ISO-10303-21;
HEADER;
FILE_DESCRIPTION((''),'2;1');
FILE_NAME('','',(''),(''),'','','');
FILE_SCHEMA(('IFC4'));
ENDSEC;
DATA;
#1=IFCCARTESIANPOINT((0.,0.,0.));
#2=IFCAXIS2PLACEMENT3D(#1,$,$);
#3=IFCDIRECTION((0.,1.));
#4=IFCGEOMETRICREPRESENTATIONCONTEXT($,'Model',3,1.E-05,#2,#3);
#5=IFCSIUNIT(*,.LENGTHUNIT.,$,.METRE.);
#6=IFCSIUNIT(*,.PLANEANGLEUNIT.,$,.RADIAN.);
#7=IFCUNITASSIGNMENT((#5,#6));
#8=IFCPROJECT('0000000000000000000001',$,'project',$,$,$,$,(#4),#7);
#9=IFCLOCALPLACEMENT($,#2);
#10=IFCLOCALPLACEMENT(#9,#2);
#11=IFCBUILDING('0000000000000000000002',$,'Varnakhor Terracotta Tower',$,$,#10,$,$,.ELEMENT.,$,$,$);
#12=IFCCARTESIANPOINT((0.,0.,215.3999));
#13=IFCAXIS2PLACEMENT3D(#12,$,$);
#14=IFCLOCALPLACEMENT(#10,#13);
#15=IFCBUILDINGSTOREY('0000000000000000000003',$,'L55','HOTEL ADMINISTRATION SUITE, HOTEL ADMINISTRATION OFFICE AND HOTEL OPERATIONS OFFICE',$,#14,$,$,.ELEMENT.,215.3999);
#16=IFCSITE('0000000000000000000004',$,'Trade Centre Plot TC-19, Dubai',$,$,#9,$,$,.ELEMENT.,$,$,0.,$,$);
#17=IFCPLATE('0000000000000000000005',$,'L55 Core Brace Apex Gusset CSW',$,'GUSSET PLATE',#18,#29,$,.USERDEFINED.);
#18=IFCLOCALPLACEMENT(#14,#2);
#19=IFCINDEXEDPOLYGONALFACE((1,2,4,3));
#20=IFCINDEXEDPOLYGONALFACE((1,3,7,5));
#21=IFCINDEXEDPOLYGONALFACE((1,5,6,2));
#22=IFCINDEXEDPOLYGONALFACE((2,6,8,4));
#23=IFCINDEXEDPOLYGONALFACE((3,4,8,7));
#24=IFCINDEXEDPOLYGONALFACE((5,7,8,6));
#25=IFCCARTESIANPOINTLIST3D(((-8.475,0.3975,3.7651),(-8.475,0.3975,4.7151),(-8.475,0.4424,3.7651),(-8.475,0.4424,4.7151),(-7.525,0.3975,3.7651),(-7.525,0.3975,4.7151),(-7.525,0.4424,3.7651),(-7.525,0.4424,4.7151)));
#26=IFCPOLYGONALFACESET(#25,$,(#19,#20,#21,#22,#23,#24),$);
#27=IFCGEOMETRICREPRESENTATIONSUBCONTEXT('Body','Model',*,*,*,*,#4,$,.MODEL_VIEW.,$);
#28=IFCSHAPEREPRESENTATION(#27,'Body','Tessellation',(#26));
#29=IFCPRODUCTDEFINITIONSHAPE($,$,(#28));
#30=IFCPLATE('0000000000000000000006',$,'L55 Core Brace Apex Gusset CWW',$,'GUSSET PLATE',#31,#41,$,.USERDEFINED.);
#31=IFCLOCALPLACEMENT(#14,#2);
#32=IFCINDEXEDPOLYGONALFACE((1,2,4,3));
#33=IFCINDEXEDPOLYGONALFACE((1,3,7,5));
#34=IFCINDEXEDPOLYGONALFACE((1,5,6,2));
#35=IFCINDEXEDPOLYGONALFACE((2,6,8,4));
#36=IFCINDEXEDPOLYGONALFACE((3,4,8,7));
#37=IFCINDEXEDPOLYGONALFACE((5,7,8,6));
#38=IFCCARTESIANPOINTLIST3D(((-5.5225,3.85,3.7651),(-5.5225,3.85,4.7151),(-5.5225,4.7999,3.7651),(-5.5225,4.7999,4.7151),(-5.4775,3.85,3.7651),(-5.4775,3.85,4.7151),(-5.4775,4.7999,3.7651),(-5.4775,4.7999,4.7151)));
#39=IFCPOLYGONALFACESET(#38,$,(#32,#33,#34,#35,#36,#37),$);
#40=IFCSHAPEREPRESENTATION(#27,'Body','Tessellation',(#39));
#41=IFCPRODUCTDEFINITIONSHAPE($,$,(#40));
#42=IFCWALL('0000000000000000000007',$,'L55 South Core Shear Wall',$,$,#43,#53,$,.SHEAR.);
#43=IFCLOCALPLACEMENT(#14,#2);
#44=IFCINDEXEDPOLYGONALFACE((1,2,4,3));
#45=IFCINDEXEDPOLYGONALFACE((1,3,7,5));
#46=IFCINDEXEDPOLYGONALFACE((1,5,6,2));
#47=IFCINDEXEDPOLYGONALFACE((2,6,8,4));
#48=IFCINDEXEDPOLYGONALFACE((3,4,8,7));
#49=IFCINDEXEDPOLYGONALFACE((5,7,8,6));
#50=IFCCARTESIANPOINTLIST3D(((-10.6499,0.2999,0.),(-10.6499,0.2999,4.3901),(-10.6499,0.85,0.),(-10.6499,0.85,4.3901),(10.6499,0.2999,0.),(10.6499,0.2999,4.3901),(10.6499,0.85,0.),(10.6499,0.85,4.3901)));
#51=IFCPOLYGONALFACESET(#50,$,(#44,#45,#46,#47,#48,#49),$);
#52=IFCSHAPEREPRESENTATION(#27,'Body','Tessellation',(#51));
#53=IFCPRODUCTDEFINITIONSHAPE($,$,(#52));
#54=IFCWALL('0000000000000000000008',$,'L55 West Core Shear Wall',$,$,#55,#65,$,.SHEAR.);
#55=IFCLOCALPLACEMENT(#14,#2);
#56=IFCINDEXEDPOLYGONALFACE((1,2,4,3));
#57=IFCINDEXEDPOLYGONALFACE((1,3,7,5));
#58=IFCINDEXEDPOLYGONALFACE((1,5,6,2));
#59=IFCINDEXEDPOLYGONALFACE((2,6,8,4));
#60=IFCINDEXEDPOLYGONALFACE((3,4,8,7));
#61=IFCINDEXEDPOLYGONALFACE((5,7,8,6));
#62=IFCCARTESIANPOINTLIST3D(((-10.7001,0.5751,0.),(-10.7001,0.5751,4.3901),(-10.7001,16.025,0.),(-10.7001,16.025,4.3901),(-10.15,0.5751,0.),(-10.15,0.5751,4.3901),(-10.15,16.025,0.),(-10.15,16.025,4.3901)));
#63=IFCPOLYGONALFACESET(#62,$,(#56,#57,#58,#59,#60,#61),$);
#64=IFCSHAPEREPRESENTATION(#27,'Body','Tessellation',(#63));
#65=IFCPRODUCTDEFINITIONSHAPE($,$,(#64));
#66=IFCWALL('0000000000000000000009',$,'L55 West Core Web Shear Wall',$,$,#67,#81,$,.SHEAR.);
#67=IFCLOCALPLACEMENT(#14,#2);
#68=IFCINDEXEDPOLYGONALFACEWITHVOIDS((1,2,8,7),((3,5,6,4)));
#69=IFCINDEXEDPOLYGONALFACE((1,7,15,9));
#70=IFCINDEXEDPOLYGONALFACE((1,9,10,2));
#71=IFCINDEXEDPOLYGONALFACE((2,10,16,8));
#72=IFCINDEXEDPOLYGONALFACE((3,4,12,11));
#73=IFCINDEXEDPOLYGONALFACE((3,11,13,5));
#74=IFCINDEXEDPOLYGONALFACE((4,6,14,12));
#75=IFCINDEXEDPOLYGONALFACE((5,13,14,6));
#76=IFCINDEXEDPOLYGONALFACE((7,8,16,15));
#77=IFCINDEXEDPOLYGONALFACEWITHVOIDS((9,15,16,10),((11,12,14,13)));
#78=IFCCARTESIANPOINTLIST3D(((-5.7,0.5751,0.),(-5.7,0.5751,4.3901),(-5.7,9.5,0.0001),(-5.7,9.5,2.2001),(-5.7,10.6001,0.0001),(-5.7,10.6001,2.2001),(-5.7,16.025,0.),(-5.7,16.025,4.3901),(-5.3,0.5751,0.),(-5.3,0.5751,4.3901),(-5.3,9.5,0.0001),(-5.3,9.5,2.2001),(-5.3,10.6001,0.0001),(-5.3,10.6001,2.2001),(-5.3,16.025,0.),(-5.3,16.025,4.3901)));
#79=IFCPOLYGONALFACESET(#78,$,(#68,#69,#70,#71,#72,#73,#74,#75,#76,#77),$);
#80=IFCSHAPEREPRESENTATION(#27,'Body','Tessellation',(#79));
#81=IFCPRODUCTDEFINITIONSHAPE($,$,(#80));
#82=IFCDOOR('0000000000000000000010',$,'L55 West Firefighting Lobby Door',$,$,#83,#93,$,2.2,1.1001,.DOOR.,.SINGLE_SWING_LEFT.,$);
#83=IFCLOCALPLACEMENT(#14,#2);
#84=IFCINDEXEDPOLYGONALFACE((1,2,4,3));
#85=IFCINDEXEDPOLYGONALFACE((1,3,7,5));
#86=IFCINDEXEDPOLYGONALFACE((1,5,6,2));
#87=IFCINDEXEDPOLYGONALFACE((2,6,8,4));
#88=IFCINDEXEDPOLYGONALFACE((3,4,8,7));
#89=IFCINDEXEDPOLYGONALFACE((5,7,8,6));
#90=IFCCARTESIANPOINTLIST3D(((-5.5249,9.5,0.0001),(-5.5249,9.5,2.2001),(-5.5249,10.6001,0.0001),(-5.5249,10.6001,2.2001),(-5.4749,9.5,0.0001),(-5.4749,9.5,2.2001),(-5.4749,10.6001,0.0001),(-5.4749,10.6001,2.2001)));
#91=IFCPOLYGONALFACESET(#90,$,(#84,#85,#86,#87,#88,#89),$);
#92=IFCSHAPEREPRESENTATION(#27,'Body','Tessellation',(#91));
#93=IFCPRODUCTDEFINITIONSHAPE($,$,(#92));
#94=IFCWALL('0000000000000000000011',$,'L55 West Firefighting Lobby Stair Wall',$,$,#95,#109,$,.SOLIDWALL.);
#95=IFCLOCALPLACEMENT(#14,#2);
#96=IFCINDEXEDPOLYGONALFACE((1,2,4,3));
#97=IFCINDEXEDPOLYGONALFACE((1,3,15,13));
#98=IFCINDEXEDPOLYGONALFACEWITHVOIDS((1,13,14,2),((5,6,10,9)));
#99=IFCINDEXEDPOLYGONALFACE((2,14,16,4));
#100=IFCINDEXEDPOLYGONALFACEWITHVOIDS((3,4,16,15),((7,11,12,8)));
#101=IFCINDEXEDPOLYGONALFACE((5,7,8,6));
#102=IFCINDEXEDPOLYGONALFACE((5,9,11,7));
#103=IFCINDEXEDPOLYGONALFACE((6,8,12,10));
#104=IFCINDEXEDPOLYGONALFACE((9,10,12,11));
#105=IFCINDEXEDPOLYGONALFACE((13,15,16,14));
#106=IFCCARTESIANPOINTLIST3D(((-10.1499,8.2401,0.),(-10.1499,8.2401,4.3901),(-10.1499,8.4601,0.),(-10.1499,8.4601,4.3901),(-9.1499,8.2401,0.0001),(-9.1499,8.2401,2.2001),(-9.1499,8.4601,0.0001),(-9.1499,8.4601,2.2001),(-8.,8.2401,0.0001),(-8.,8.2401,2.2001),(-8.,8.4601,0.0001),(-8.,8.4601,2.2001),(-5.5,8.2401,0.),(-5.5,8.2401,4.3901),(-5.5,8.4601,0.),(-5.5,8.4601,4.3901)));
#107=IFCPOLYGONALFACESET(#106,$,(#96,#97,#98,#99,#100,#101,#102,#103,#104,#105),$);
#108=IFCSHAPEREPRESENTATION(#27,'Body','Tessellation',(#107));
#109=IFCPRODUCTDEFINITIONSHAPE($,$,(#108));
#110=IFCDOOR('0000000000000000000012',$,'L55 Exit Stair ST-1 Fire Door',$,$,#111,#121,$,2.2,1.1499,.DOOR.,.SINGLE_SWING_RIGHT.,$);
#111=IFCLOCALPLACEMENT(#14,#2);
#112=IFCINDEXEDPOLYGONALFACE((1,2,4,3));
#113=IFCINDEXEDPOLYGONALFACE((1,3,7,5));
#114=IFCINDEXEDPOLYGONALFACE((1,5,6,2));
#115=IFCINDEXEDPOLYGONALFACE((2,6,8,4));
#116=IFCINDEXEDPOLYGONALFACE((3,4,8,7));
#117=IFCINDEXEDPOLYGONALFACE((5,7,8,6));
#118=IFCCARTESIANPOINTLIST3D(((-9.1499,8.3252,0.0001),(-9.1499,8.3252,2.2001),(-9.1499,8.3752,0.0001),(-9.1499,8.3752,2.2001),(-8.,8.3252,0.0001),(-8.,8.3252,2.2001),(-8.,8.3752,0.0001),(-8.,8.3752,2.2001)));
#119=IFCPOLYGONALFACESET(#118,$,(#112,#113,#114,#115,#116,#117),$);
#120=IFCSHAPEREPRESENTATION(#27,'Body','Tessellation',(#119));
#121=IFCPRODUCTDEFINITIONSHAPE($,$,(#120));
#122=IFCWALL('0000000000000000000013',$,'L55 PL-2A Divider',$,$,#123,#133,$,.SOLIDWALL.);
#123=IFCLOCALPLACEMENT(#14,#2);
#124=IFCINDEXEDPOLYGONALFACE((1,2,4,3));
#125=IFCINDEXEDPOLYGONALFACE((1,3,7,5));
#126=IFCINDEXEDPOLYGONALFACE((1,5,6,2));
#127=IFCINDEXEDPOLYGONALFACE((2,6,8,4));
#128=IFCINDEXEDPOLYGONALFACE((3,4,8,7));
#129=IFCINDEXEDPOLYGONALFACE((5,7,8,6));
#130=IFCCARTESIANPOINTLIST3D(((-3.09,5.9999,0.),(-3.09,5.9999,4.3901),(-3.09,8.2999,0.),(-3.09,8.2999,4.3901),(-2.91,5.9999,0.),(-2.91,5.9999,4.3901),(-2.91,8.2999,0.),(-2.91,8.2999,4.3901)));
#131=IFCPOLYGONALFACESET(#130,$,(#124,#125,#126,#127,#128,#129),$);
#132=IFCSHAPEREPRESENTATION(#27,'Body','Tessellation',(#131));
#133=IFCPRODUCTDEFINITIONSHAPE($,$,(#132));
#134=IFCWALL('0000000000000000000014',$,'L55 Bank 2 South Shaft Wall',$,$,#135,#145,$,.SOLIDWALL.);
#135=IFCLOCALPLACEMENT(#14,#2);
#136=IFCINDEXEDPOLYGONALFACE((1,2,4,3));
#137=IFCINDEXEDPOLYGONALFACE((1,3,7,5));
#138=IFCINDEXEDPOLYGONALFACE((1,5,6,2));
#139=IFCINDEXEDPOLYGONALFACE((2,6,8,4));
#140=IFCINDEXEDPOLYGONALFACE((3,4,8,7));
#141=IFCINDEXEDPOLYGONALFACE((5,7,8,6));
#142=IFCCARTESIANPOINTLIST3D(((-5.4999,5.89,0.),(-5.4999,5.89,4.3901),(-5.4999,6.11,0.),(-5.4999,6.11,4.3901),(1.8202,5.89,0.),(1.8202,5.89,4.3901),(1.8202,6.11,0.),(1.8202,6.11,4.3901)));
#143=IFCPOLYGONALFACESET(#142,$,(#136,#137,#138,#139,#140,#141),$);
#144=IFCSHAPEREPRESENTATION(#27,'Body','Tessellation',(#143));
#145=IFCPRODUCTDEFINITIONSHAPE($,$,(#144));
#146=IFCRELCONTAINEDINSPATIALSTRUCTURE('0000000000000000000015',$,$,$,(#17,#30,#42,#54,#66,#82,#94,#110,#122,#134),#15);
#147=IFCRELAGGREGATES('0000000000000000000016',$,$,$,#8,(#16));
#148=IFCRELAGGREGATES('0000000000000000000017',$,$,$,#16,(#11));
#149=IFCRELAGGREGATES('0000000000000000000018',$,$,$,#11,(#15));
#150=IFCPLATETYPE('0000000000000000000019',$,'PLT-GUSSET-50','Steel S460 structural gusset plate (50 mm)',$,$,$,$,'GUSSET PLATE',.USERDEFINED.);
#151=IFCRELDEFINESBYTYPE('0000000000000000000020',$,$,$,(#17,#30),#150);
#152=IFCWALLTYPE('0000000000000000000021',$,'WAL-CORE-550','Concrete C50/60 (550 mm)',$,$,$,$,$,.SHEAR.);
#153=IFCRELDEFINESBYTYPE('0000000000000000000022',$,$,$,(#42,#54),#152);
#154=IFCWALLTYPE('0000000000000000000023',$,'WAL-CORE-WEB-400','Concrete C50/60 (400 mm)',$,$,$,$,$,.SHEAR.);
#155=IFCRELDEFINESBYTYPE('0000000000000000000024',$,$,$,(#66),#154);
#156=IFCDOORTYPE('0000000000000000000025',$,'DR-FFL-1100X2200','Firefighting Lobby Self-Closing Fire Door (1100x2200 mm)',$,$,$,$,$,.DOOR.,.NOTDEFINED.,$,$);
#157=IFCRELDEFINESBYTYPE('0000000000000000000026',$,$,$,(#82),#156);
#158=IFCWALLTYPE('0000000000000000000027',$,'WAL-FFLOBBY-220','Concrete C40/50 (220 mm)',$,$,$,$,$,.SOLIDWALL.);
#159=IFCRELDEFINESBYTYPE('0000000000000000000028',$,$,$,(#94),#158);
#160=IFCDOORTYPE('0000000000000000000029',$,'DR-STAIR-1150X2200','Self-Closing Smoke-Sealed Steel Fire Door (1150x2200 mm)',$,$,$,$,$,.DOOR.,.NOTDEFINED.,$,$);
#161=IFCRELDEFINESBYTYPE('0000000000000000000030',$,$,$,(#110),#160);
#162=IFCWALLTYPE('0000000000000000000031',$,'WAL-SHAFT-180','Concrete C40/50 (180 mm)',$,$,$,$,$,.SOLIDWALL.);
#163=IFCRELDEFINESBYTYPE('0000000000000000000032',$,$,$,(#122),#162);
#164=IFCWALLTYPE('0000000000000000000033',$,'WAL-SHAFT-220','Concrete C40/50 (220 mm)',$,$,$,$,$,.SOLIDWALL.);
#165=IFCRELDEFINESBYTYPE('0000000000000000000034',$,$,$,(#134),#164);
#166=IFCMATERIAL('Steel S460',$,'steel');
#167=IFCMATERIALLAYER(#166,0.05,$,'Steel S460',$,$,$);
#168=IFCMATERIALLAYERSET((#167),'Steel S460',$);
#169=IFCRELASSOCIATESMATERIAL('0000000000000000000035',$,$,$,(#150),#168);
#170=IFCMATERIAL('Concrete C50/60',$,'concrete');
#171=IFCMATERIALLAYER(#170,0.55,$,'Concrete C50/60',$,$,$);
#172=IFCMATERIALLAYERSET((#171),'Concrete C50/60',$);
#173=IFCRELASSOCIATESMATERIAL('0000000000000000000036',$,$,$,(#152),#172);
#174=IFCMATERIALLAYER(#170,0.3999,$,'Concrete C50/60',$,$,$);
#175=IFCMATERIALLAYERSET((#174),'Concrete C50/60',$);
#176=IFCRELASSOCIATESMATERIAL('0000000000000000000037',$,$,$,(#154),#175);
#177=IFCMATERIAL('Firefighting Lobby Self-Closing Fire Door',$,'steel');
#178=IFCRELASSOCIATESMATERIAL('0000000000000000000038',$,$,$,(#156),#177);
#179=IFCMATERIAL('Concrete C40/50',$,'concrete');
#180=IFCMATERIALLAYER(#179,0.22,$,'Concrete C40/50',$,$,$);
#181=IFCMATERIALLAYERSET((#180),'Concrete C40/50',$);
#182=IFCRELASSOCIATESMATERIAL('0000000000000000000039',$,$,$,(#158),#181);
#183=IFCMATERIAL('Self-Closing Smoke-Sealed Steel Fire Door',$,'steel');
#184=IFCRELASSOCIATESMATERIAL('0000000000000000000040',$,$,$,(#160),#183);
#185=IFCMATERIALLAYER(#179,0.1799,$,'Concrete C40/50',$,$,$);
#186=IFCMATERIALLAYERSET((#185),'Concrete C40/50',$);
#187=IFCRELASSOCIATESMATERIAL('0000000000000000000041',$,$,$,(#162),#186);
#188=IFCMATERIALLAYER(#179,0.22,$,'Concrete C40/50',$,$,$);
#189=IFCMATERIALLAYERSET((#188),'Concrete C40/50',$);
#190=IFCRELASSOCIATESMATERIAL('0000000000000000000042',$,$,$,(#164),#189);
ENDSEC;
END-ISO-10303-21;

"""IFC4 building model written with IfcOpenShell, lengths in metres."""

from ifc_helpers import new_model, si_unit, direction, frame, frame_2d, origin, origin_2d, place, context, subcontext, project, spatial, rectangle, extrude, source, transform, mapped, material, layer, layer_set, type_object, type_shapes, element, fill, save


model = new_model("IFC4")

# Units and contexts
model_context = context("Model", 3, precision=1e-05, world=origin(), true_north=direction((0.0, 1.0)))
body_context = subcontext(model_context, "Body", "Model", "MODEL_VIEW")
ifc_project = project(units=[si_unit("LENGTHUNIT", "METRE"), si_unit("PLANEANGLEUNIT", "RADIAN")], contexts=[model_context])

# Site, building, storey
site_placement = place(None, origin())
site = spatial("IfcSite", under=ifc_project, at=site_placement, Name="Trade Centre Plot TC-19, Dubai", CompositionType="ELEMENT", RefElevation=0.0)
building_placement = place(site_placement, origin())
building = spatial("IfcBuilding", under=site, at=building_placement, Name="Varnakhor Terracotta Tower", CompositionType="ELEMENT")
storey_placement = place(building_placement, frame((0.0, 0.0, 215.3999)))
storey = spatial("IfcBuildingStorey", under=building, at=storey_placement, Name="L55", Description="HOTEL ADMINISTRATION SUITE, HOTEL ADMINISTRATION OFFICE AND HOTEL OPERATIONS OFFICE", CompositionType="ELEMENT", Elevation=215.3999)

# Shared definitions
ifc_material_1 = material(Name="Concrete C50/60", Category="concrete")

# Plates
ifc_material_2 = material(Name="Steel S460", Category="steel")
ifc_layer_1 = layer(ifc_material_2, 0.05, Name="Steel S460")
ifc_layer_set_1 = layer_set([ifc_layer_1], Name="Steel S460")
plate_type = type_object("IfcPlateType", Name="PLT-GUSSET-50", Description="Steel S460 structural gusset plate (50 mm)", ElementType="GUSSET PLATE", PredefinedType="USERDEFINED", material=ifc_layer_set_1)
shared_shape_1 = source(origin(), body_context, "Body", "SweptSolid", [
    extrude(rectangle(XDim=0.95, YDim=0.0449, at=origin_2d()), origin(), (0.0, 0.0, 1.0), 0.95),
])
for number, where, z_axis, x_axis, name in (
    (1, (-8.0, 0.4199, 3.7651), (0.0, 0.0, 1.0), (1.0, 0.0, 0.0), "L55 Core Brace Apex Gusset CSW"),
    (2, (-5.5, 4.325, 3.7651), (0.0, 0.0, 1.0), (0.0, 1.0, 0.0), "L55 Core Brace Apex Gusset CWW"),
):
    element("IfcPlate", number, at=place(storey_placement, frame(where, z_axis=z_axis, x_axis=x_axis)), inside=storey, type_object=plate_type, Name=name, ObjectType="GUSSET PLATE", PredefinedType="USERDEFINED", context=body_context, shape_type="MappedRepresentation", body=[
        mapped(shared_shape_1, transform((0.0, 0.0, 0.0), scale=1.0)),
    ])

# Walls
ifc_layer_2 = layer(ifc_material_1, 0.55, Name="Concrete C50/60")
ifc_layer_set_2 = layer_set([ifc_layer_2], Name="Concrete C50/60")
wall_type_1 = type_object("IfcWallType", Name="WAL-CORE-550", Description="Concrete C50/60 (550 mm)", PredefinedType="SHEAR", material=ifc_layer_set_2)
wall_1_placement = place(storey_placement, frame((-10.6499, 0.575, 0.0), z_axis=(0.0, 0.0, 1.0), x_axis=(1.0, 0.0, 0.0)))
element("IfcWall", 3, at=wall_1_placement, inside=storey, type_object=wall_type_1, Name="L55 South Core Shear Wall", PredefinedType="SHEAR", context=body_context, shape_type="SweptSolid", body=[
    extrude(rectangle(XDim=21.2998, YDim=0.55, at=frame_2d((10.6499, 0.0))), origin(), (0.0, 0.0, 1.0), 4.3901),
])
wall_2_placement = place(storey_placement, frame((-10.425, 0.575, 0.0), z_axis=(0.0, 0.0, 1.0), x_axis=(0.0, 1.0, 0.0)))
element("IfcWall", 4, at=wall_2_placement, inside=storey, type_object=wall_type_1, Name="L55 West Core Shear Wall", PredefinedType="SHEAR", context=body_context, shape_type="SweptSolid", body=[
    extrude(rectangle(XDim=15.45, YDim=0.55, at=frame_2d((7.7251, 0.0))), origin(), (0.0, 0.0, 1.0), 4.3901),
])

# Walls, openings, doors
ifc_layer_3 = layer(ifc_material_1, 0.3999, Name="Concrete C50/60")
ifc_layer_set_3 = layer_set([ifc_layer_3], Name="Concrete C50/60")
wall_type_2 = type_object("IfcWallType", Name="WAL-CORE-WEB-400", Description="Concrete C50/60 (400 mm)", PredefinedType="SHEAR", material=ifc_layer_set_3)
wall_3_placement = place(storey_placement, frame((-5.5, 0.575, 0.0), z_axis=(0.0, 0.0, 1.0), x_axis=(0.0, 1.0, 0.0)))
wall_3 = element("IfcWall", 5, at=wall_3_placement, inside=storey, type_object=wall_type_2, Name="L55 West Core Web Shear Wall", PredefinedType="SHEAR", context=body_context, shape_type="SweptSolid", body=[
    extrude(rectangle(XDim=15.45, YDim=0.3999, at=frame_2d((7.7251, 0.0))), origin(), (0.0, 0.0, 1.0), 4.3901),
])
opening_1_placement = place(wall_3_placement, frame((8.925, 0.0, 0.0)))
opening_1 = element("IfcOpeningElement", 6, at=opening_1_placement, cuts=wall_3, PredefinedType="OPENING", context=body_context, shape_type="SweptSolid", body=[
    extrude(rectangle(XDim=1.1001, YDim=2.2, at=frame_2d((0.55, 1.1001))), frame((0.0, 0.21, 0.0), z_axis=(0.0, -1.0, 0.0), x_axis=(1.0, 0.0, 0.0)), (0.0, 0.0, 1.0), 0.4199),
])
ifc_material_3 = material(Name="Firefighting Lobby Self-Closing Fire Door", Category="steel")
door_type_1 = type_object("IfcDoorType", Name="DR-FFL-1100X2200", Description="Firefighting Lobby Self-Closing Fire Door (1100x2200 mm)", OperationType="NOTDEFINED", PredefinedType="DOOR", material=ifc_material_3)
shared_shape_2 = source(origin(), body_context, "Body", "SweptSolid", [
    extrude(rectangle(XDim=1.1001, YDim=2.2, at=frame_2d((0.55, 1.1001))), frame((0.0, 0.0249, 0.0), z_axis=(0.0, -1.0, 0.0), x_axis=(1.0, 0.0, 0.0)), (0.0, 0.0, 1.0), 0.05),
])
type_shapes(door_type_1, [shared_shape_2])
door_1_placement = place(opening_1_placement, origin())
door_1 = element("IfcDoor", 7, at=door_1_placement, inside=storey, type_object=door_type_1, Name="L55 West Firefighting Lobby Door", OperationType="SINGLE_SWING_LEFT", OverallHeight=2.2, OverallWidth=1.1001, PredefinedType="DOOR", context=body_context, shape_type="MappedRepresentation", body=[
    mapped(shared_shape_2, transform((0.0, 0.0, 0.0), scale=1.0)),
])
fill(opening_1, door_1)
ifc_material_4 = material(Name="Concrete C40/50", Category="concrete")
ifc_layer_4 = layer(ifc_material_4, 0.22, Name="Concrete C40/50")
ifc_layer_set_4 = layer_set([ifc_layer_4], Name="Concrete C40/50")
wall_type_3 = type_object("IfcWallType", Name="WAL-FFLOBBY-220", Description="Concrete C40/50 (220 mm)", PredefinedType="SOLIDWALL", material=ifc_layer_set_4)
wall_4_placement = place(storey_placement, frame((-5.5, 8.3501, 0.0), z_axis=(0.0, 0.0, 1.0), x_axis=(-1.0, 0.0, 0.0)))
wall_4 = element("IfcWall", 8, at=wall_4_placement, inside=storey, type_object=wall_type_3, Name="L55 West Firefighting Lobby Stair Wall", PredefinedType="SOLIDWALL", context=body_context, shape_type="SweptSolid", body=[
    extrude(rectangle(XDim=4.6499, YDim=0.22, at=frame_2d((2.325, 0.0))), origin(), (0.0, 0.0, 1.0), 4.3901),
])
opening_2_placement = place(wall_4_placement, frame((2.5, 0.0, 0.0)))
opening_2 = element("IfcOpeningElement", 9, at=opening_2_placement, cuts=wall_4, PredefinedType="OPENING", context=body_context, shape_type="SweptSolid", body=[
    extrude(rectangle(XDim=1.1499, YDim=2.2, at=frame_2d((0.575, 1.1001))), frame((0.0, 0.1201, 0.0), z_axis=(0.0, -1.0, 0.0), x_axis=(1.0, 0.0, 0.0)), (0.0, 0.0, 1.0), 0.24),
])
ifc_material_5 = material(Name="Self-Closing Smoke-Sealed Steel Fire Door", Category="steel")
door_type_2 = type_object("IfcDoorType", Name="DR-STAIR-1150X2200", Description="Self-Closing Smoke-Sealed Steel Fire Door (1150x2200 mm)", OperationType="NOTDEFINED", PredefinedType="DOOR", material=ifc_material_5)
shared_shape_3 = source(origin(), body_context, "Body", "SweptSolid", [
    extrude(rectangle(XDim=1.1499, YDim=2.2, at=frame_2d((0.575, 1.1001))), frame((0.0, 0.0249, 0.0), z_axis=(0.0, -1.0, 0.0), x_axis=(1.0, 0.0, 0.0)), (0.0, 0.0, 1.0), 0.05),
])
type_shapes(door_type_2, [shared_shape_3])
door_2_placement = place(opening_2_placement, origin())
door_2 = element("IfcDoor", 10, at=door_2_placement, inside=storey, type_object=door_type_2, Name="L55 Exit Stair ST-1 Fire Door", OperationType="SINGLE_SWING_RIGHT", OverallHeight=2.2, OverallWidth=1.1499, PredefinedType="DOOR", context=body_context, shape_type="MappedRepresentation", body=[
    mapped(shared_shape_3, transform((0.0, 0.0, 0.0), scale=1.0)),
])
fill(opening_2, door_2)

# Walls
ifc_layer_5 = layer(ifc_material_4, 0.1799, Name="Concrete C40/50")
ifc_layer_set_5 = layer_set([ifc_layer_5], Name="Concrete C40/50")
wall_type_4 = type_object("IfcWallType", Name="WAL-SHAFT-180", Description="Concrete C40/50 (180 mm)", PredefinedType="SOLIDWALL", material=ifc_layer_set_5)
wall_5_placement = place(storey_placement, frame((-3.0, 6.0, 0.0), z_axis=(0.0, 0.0, 1.0), x_axis=(0.0, 1.0, 0.0)))
element("IfcWall", 11, at=wall_5_placement, inside=storey, type_object=wall_type_4, Name="L55 PL-2A Divider", PredefinedType="SOLIDWALL", context=body_context, shape_type="SweptSolid", body=[
    extrude(rectangle(XDim=2.3, YDim=0.1799, at=frame_2d((1.1499, 0.0))), origin(), (0.0, 0.0, 1.0), 4.3901),
])
ifc_layer_6 = layer(ifc_material_4, 0.22, Name="Concrete C40/50")
ifc_layer_set_6 = layer_set([ifc_layer_6], Name="Concrete C40/50")
wall_type_5 = type_object("IfcWallType", Name="WAL-SHAFT-220", Description="Concrete C40/50 (220 mm)", PredefinedType="SOLIDWALL", material=ifc_layer_set_6)
wall_6_placement = place(storey_placement, frame((-5.5, 6.0, 0.0), z_axis=(0.0, 0.0, 1.0), x_axis=(1.0, 0.0, 0.0)))
element("IfcWall", 12, at=wall_6_placement, inside=storey, type_object=wall_type_5, Name="L55 Bank 2 South Shaft Wall", PredefinedType="SOLIDWALL", context=body_context, shape_type="SweptSolid", body=[
    extrude(rectangle(XDim=7.3201, YDim=0.22, at=frame_2d((3.6602, 0.0))), origin(), (0.0, 0.0, 1.0), 4.3901),
])

save(model, "model.ifc")
